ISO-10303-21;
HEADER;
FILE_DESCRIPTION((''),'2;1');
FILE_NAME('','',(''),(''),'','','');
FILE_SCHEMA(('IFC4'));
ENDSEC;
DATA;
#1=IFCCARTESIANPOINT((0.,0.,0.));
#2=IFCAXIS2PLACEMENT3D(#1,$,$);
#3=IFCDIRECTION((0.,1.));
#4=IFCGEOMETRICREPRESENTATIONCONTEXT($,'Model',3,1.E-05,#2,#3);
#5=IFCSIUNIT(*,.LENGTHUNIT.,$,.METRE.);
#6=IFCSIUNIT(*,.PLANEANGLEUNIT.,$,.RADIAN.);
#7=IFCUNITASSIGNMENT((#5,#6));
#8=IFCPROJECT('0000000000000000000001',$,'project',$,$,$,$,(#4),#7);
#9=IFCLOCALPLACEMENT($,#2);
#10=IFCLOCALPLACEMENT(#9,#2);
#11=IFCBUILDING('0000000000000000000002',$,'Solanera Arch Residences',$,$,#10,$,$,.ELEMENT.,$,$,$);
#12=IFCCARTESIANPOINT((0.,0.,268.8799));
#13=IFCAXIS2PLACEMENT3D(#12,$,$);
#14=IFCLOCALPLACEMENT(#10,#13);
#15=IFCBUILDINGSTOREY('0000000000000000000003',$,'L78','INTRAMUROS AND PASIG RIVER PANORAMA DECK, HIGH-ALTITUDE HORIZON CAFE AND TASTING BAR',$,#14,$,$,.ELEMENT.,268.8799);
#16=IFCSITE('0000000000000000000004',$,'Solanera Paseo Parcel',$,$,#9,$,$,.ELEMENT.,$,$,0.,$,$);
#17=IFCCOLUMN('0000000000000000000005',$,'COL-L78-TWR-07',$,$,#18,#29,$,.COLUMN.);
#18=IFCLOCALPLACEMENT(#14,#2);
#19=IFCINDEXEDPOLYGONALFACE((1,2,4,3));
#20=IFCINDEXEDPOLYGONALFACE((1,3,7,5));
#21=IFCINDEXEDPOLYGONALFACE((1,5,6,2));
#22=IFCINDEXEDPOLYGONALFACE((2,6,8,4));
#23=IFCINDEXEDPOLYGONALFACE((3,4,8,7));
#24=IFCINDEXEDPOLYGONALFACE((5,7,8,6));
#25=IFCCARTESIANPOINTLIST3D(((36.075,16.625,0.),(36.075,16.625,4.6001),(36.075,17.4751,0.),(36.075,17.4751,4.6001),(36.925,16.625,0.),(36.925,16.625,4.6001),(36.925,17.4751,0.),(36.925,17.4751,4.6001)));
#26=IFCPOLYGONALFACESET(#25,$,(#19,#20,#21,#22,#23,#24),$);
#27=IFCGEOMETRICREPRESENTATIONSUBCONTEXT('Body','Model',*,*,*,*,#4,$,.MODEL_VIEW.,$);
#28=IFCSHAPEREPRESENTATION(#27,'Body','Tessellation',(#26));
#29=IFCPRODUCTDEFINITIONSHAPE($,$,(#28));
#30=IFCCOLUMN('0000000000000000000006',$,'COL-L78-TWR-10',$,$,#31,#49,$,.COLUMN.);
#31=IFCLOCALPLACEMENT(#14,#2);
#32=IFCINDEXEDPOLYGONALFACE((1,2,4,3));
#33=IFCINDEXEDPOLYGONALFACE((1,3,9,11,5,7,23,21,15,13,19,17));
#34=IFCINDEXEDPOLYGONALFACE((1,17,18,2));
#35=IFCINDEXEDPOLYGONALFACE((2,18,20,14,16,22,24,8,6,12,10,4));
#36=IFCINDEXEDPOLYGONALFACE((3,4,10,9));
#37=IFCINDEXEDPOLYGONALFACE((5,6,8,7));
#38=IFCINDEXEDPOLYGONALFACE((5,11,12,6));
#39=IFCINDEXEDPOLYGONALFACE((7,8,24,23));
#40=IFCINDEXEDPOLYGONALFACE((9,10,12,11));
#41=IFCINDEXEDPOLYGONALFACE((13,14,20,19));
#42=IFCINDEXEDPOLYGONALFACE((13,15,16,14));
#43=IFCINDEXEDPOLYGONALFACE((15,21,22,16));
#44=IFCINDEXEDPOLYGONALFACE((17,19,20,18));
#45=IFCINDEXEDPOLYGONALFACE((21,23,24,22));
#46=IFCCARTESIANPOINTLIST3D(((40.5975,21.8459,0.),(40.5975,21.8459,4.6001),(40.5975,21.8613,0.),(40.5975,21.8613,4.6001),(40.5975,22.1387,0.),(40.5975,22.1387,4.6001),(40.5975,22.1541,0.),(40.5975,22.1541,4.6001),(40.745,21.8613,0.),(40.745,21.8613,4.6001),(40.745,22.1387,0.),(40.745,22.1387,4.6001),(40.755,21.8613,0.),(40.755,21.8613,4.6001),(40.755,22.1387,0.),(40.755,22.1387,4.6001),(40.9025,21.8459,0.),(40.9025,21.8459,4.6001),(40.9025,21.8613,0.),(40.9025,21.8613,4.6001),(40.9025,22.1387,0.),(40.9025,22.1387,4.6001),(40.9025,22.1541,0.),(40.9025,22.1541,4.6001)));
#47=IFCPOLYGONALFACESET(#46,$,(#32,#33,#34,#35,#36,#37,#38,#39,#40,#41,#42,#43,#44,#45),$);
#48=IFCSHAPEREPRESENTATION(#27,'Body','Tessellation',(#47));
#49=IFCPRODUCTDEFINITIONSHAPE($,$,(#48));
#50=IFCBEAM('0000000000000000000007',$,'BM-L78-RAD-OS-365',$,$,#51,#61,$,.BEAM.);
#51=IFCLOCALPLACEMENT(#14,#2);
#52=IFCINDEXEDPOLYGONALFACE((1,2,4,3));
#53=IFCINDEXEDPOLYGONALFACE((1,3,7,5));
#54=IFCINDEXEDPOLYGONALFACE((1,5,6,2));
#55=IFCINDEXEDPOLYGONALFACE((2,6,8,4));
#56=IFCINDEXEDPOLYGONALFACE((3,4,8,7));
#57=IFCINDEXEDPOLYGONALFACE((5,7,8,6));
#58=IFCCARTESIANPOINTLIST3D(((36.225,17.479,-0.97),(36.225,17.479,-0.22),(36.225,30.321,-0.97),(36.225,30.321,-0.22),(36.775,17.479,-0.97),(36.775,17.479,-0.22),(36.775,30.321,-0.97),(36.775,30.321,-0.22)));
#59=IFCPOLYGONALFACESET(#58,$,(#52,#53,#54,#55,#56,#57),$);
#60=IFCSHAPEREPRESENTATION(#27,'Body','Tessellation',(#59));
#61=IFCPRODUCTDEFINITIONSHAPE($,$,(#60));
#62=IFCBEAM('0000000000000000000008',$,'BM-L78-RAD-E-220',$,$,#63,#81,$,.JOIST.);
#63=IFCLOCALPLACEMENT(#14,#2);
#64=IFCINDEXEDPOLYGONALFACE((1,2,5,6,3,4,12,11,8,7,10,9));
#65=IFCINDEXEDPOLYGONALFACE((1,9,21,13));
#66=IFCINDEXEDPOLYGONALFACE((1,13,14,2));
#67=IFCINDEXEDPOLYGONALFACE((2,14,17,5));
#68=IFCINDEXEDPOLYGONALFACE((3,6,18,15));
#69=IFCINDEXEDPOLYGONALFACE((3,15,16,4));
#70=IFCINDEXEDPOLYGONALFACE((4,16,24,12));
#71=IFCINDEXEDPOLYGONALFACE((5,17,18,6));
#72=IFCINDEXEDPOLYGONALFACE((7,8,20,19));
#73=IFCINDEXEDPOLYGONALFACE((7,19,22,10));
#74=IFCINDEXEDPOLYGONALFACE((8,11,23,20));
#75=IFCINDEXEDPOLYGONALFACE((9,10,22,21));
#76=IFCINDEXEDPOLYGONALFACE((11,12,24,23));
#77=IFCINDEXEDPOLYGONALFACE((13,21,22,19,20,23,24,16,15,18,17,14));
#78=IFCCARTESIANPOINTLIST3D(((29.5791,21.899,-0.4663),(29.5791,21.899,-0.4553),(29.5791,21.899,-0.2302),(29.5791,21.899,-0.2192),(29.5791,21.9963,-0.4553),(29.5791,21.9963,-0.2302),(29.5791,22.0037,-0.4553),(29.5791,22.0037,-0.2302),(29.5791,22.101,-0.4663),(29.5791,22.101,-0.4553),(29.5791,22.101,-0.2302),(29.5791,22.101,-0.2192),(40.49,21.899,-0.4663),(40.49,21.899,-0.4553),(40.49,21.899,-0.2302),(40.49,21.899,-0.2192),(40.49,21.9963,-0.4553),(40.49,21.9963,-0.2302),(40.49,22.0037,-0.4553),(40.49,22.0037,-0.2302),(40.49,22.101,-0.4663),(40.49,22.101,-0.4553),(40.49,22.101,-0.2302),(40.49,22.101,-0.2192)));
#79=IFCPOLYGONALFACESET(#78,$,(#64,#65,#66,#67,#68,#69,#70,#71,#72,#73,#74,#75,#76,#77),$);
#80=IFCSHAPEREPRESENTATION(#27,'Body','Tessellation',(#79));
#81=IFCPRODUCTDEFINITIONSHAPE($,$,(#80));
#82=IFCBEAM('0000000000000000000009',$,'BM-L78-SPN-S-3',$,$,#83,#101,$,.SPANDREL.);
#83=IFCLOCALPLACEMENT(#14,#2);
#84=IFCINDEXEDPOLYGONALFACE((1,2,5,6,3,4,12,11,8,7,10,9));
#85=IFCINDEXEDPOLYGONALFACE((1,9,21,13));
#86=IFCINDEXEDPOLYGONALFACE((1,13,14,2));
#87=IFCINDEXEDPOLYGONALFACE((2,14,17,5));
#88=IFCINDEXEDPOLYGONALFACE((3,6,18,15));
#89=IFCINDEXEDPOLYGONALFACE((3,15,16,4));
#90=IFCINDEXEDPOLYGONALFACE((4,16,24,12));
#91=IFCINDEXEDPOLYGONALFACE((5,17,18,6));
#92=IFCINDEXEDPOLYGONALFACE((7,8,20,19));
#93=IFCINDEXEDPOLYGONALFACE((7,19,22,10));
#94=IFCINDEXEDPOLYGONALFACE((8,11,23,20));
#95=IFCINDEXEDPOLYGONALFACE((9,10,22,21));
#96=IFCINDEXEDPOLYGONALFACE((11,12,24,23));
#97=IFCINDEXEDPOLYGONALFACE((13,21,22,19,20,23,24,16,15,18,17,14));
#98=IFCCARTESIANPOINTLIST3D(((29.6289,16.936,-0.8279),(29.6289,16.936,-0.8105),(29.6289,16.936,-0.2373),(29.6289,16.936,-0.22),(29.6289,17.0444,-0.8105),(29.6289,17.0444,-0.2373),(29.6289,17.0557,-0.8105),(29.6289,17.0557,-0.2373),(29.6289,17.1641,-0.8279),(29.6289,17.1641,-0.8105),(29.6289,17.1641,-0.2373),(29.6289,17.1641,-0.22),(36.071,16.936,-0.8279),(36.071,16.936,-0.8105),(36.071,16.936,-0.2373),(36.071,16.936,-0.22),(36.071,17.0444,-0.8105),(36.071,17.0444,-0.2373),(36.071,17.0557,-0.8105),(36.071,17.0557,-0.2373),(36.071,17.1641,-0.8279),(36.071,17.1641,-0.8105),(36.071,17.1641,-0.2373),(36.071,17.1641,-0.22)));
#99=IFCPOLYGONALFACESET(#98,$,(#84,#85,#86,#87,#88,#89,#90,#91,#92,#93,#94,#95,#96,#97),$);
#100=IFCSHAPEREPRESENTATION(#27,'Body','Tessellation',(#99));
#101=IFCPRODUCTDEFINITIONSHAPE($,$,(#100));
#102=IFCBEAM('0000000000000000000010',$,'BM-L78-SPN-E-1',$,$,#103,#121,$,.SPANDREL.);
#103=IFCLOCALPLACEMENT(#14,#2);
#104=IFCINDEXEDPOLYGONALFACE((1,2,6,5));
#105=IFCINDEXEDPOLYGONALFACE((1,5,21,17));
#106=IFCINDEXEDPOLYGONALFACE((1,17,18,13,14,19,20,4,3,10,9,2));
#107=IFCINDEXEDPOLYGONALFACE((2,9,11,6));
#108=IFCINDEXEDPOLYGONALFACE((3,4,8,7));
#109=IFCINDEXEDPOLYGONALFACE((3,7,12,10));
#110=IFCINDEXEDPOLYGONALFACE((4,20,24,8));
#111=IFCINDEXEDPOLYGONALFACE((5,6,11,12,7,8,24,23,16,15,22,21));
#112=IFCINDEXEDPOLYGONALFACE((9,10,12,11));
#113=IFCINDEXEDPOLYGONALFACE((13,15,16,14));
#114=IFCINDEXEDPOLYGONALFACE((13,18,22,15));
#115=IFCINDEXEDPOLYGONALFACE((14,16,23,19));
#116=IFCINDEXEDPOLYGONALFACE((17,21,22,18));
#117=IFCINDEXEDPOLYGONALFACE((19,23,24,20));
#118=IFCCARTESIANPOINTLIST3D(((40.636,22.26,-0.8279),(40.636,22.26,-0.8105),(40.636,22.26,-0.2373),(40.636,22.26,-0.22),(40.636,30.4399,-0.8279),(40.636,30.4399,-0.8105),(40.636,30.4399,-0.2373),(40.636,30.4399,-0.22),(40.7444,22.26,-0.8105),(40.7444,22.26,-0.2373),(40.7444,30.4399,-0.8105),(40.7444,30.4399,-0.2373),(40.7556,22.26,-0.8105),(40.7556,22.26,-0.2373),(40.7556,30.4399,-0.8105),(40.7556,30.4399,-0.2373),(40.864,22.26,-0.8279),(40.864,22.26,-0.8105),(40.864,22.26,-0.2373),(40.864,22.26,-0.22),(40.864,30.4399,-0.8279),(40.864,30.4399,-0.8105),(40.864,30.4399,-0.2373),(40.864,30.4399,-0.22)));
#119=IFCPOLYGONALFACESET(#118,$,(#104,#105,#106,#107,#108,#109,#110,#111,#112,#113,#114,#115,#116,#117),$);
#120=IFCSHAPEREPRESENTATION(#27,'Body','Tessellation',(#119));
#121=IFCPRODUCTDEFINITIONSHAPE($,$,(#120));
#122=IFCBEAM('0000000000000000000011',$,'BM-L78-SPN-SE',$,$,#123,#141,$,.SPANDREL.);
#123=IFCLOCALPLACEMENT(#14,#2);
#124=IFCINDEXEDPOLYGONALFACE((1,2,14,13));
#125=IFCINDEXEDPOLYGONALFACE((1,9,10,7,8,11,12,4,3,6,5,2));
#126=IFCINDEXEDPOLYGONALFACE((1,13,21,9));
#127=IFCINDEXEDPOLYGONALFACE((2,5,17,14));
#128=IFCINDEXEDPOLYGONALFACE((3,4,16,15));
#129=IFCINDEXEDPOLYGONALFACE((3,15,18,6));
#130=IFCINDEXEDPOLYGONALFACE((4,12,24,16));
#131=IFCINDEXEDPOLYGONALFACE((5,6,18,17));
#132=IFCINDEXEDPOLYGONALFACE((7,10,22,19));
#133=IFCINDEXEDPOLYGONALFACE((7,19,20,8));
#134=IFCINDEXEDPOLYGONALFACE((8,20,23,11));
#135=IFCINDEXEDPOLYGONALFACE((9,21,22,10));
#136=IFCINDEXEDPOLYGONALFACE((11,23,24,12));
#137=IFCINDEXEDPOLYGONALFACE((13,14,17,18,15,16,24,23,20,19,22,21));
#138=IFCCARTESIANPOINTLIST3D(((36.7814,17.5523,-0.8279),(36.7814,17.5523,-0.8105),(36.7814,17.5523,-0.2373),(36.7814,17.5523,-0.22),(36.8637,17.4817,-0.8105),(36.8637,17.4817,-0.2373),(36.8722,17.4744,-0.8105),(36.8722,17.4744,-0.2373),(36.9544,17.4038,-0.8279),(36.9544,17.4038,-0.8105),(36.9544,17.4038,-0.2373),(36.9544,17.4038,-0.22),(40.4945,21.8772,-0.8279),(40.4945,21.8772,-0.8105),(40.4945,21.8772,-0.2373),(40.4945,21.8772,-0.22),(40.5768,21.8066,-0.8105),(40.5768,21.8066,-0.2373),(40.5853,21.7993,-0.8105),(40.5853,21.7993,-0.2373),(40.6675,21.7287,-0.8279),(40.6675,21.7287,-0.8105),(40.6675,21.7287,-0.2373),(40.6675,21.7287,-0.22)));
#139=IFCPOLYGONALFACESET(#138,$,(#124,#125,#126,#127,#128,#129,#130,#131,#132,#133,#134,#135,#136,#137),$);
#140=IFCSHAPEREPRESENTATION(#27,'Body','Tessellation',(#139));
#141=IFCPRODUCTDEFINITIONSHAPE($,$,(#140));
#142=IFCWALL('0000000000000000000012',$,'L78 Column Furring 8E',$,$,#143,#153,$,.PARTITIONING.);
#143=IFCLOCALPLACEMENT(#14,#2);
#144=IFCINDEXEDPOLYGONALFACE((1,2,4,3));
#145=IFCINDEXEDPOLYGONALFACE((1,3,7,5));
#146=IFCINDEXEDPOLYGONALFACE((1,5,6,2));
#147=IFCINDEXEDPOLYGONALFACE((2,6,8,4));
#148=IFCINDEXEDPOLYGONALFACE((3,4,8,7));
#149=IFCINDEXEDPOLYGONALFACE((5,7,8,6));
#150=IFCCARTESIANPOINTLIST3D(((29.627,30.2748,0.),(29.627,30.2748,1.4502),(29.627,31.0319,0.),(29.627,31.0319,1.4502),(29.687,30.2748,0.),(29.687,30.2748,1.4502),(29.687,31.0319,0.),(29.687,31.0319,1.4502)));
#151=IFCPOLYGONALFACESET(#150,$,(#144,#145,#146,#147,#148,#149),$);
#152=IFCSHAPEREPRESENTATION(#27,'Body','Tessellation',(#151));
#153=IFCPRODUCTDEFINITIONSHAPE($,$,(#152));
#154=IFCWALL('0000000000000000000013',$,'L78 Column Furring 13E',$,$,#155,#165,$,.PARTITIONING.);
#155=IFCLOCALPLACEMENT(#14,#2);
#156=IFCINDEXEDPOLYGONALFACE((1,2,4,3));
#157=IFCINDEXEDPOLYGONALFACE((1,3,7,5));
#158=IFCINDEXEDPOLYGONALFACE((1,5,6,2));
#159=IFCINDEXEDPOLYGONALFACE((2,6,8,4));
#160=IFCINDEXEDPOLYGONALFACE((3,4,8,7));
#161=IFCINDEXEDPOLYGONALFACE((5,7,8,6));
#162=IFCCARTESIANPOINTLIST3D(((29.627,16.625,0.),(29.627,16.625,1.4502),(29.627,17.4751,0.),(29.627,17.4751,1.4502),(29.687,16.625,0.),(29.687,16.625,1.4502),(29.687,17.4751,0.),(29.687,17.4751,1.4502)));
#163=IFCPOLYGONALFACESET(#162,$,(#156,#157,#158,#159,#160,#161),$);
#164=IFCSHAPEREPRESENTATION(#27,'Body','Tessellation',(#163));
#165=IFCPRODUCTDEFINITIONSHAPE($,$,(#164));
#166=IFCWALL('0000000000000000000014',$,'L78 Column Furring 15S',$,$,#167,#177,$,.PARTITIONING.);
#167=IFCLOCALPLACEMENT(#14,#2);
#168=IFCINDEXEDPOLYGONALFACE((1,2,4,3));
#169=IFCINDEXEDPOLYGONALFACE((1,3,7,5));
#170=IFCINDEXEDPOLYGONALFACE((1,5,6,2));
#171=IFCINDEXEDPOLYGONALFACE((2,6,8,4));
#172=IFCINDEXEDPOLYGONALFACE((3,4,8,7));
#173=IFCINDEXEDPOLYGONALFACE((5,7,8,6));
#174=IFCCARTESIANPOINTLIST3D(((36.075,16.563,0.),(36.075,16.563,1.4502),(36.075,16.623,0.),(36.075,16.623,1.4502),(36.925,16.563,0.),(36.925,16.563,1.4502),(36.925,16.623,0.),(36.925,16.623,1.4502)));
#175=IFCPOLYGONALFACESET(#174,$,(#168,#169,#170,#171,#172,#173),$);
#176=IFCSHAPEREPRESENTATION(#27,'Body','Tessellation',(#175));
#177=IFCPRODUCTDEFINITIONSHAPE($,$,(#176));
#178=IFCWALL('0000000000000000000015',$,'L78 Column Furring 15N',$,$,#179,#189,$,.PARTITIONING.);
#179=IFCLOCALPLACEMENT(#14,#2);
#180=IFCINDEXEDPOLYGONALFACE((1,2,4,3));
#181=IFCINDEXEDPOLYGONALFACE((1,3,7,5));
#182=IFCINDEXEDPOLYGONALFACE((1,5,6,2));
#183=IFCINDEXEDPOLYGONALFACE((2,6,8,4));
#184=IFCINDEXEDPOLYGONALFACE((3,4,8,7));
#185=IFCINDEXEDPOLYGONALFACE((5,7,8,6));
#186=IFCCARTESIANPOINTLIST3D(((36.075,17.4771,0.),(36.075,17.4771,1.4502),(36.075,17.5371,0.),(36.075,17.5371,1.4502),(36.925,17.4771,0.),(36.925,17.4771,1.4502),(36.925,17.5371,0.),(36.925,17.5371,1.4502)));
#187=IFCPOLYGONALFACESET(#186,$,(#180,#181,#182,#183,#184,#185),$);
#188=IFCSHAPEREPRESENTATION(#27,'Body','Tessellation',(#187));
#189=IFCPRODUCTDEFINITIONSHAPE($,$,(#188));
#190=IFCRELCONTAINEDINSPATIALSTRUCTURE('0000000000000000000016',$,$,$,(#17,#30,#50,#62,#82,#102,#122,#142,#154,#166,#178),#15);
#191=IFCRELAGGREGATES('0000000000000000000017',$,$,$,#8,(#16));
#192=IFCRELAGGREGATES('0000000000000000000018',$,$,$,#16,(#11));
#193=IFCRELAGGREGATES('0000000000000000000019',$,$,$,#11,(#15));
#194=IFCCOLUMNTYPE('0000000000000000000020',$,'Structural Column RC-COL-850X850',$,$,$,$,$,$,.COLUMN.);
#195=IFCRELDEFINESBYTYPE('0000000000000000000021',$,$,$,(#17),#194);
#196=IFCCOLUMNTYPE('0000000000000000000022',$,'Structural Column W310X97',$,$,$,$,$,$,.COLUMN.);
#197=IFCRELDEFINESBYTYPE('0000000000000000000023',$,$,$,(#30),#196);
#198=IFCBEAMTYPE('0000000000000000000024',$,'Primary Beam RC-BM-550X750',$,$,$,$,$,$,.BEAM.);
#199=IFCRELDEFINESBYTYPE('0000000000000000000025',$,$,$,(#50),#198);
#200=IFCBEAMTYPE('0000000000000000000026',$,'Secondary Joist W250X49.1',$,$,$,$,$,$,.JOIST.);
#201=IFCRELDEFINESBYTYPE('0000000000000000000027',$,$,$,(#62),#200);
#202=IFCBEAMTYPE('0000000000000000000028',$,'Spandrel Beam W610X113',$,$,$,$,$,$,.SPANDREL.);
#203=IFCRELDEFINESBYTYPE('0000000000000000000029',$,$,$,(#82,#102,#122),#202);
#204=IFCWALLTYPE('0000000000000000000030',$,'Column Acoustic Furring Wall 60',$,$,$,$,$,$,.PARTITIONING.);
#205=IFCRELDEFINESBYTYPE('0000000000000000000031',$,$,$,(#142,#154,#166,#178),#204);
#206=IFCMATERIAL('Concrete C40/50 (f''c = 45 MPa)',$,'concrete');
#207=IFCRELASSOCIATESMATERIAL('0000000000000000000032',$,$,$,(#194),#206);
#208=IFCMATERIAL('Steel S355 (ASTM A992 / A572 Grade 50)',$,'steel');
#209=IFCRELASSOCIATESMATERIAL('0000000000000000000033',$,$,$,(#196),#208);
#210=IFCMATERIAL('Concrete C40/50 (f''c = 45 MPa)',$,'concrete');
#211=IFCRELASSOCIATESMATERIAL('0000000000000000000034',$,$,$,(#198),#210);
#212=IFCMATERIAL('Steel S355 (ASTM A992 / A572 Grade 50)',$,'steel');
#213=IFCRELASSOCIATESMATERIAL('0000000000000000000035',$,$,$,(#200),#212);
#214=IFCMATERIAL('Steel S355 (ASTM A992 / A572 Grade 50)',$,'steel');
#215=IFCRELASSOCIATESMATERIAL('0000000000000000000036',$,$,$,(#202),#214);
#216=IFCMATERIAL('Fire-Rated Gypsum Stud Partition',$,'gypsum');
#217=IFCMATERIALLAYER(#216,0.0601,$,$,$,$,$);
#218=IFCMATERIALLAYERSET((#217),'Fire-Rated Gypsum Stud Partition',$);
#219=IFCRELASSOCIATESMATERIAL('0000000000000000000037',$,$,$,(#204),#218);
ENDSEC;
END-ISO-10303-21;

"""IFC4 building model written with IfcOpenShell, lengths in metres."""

from ifc_helpers import new_model, si_unit, direction, frame, frame_2d, origin, origin_2d, place, context, subcontext, project, spatial, rectangle, i_section, extrude, material, layer, layer_set, material_profile, profile_set, type_object, element, save


model = new_model("IFC4")

# Units and contexts
model_context = context("Model", 3, precision=1e-05, world=origin(), true_north=direction((0.0, 1.0)))
body_context = subcontext(model_context, "Body", "Model", "MODEL_VIEW")
ifc_project = project(units=[si_unit("LENGTHUNIT", "METRE"), si_unit("PLANEANGLEUNIT", "RADIAN")], contexts=[model_context])

# Site, building, storey
site_placement = place(None, origin())
site = spatial("IfcSite", under=ifc_project, at=site_placement, Name="Solanera Paseo Parcel", CompositionType="ELEMENT", RefElevation=0.0)
building_placement = place(site_placement, origin())
building = spatial("IfcBuilding", under=site, at=building_placement, Name="Solanera Arch Residences", CompositionType="ELEMENT")
storey_placement = place(building_placement, frame((0.0, 0.0, 268.8799)))
storey = spatial("IfcBuildingStorey", under=building, at=storey_placement, Name="L78", Description="INTRAMUROS AND PASIG RIVER PANORAMA DECK, HIGH-ALTITUDE HORIZON CAFE AND TASTING BAR", CompositionType="ELEMENT", Elevation=268.8799)

# Columns
ifc_material_1 = material(Name="Concrete C40/50 (f'c = 45 MPa)", Category="concrete")
ifc_material_profile_1 = material_profile(ifc_material_1, rectangle(XDim=0.8501, YDim=0.8501, at=origin_2d()))
ifc_profile_set_1 = profile_set([ifc_material_profile_1], Name="Concrete C40/50 (f'c = 45 MPa)")
column_type_1 = type_object("IfcColumnType", Name="Structural Column RC-COL-850X850", PredefinedType="COLUMN", material=ifc_profile_set_1)
column_1_placement = place(storey_placement, frame((36.5, 17.05, 0.0), z_axis=(0.0, 0.0, 1.0), x_axis=(1.0, 0.0, 0.0)))
element("IfcColumn", 1, at=column_1_placement, inside=storey, type_object=column_type_1, Name="COL-L78-TWR-07", PredefinedType="COLUMN", context=body_context, shape_type="SweptSolid", body=[
    extrude(rectangle(XDim=0.8501, YDim=0.8501, at=origin_2d()), origin(), (0.0, 0.0, 1.0), 4.6001),
])
ifc_material_2 = material(Name="Steel S355 (ASTM A992 / A572 Grade 50)", Category="steel")
ifc_material_profile_2 = material_profile(ifc_material_2, i_section(OverallWidth=0.3049, OverallDepth=0.3081, WebThickness=0.01, FlangeThickness=0.0154, at=origin_2d()))
ifc_profile_set_2 = profile_set([ifc_material_profile_2], Name="Steel S355 (ASTM A992 / A572 Grade 50)")
column_type_2 = type_object("IfcColumnType", Name="Structural Column W310X97", PredefinedType="COLUMN", material=ifc_profile_set_2)
column_2_placement = place(storey_placement, frame((40.75, 22.0, 0.0), z_axis=(0.0, 0.0, 1.0), x_axis=(1.0, 0.0, 0.0)))
element("IfcColumn", 2, at=column_2_placement, inside=storey, type_object=column_type_2, Name="COL-L78-TWR-10", PredefinedType="COLUMN", context=body_context, shape_type="SweptSolid", body=[
    extrude(i_section(OverallWidth=0.3049, OverallDepth=0.3081, WebThickness=0.01, FlangeThickness=0.0154, at=origin_2d()), origin(), (0.0, 0.0, 1.0), 4.6001),
])

# Beams
ifc_material_3 = material(Name="Concrete C40/50 (f'c = 45 MPa)", Category="concrete")
ifc_material_profile_3 = material_profile(ifc_material_3, rectangle(XDim=0.55, YDim=0.75, at=origin_2d()))
ifc_profile_set_3 = profile_set([ifc_material_profile_3], Name="Concrete C40/50 (f'c = 45 MPa)")
beam_type_1 = type_object("IfcBeamType", Name="Primary Beam RC-BM-550X750", PredefinedType="BEAM", material=ifc_profile_set_3)
beam_1_placement = place(storey_placement, frame((36.5, 17.479, -0.595), z_axis=(0.0, 1.0, 0.0), x_axis=(-1.0, 0.0, 0.0)))
element("IfcBeam", 3, at=beam_1_placement, inside=storey, type_object=beam_type_1, Name="BM-L78-RAD-OS-365", PredefinedType="BEAM", context=body_context, shape_type="SweptSolid", body=[
    extrude(rectangle(XDim=0.55, YDim=0.75, at=origin_2d()), origin(), (0.0, 0.0, 1.0), 12.842),
])
ifc_material_4 = material(Name="Steel S355 (ASTM A992 / A572 Grade 50)", Category="steel")
ifc_material_profile_4 = material_profile(ifc_material_4, i_section(OverallWidth=0.2019, OverallDepth=0.2471, WebThickness=0.0073, FlangeThickness=0.011, at=origin_2d()))
ifc_profile_set_4 = profile_set([ifc_material_profile_4], Name="Steel S355 (ASTM A992 / A572 Grade 50)")
beam_type_2 = type_object("IfcBeamType", Name="Secondary Joist W250X49.1", PredefinedType="JOIST", material=ifc_profile_set_4)
beam_2_placement = place(storey_placement, frame((29.5791, 22.0, -0.3428), z_axis=(1.0, 0.0, 0.0), x_axis=(0.0, 1.0, 0.0)))
element("IfcBeam", 4, at=beam_2_placement, inside=storey, type_object=beam_type_2, Name="BM-L78-RAD-E-220", PredefinedType="JOIST", context=body_context, shape_type="SweptSolid", body=[
    extrude(i_section(OverallWidth=0.2019, OverallDepth=0.2471, WebThickness=0.0073, FlangeThickness=0.011, at=origin_2d()), origin(), (0.0, 0.0, 1.0), 10.9109),
])
ifc_material_5 = material(Name="Steel S355 (ASTM A992 / A572 Grade 50)", Category="steel")
ifc_material_profile_5 = material_profile(ifc_material_5, i_section(OverallWidth=0.228, OverallDepth=0.6079, WebThickness=0.0112, FlangeThickness=0.0173, at=origin_2d()))
ifc_profile_set_5 = profile_set([ifc_material_profile_5], Name="Steel S355 (ASTM A992 / A572 Grade 50)")
beam_type_3 = type_object("IfcBeamType", Name="Spandrel Beam W610X113", PredefinedType="SPANDREL", material=ifc_profile_set_5)
beam_3_placement = place(storey_placement, frame((29.6289, 17.05, -0.5239), z_axis=(1.0, 0.0, 0.0), x_axis=(0.0, 1.0, 0.0)))
element("IfcBeam", 5, at=beam_3_placement, inside=storey, type_object=beam_type_3, Name="BM-L78-SPN-S-3", PredefinedType="SPANDREL", context=body_context, shape_type="SweptSolid", body=[
    extrude(i_section(OverallWidth=0.228, OverallDepth=0.6079, WebThickness=0.0112, FlangeThickness=0.0173, at=origin_2d()), origin(), (0.0, 0.0, 1.0), 6.4421),
])
beam_4_placement = place(storey_placement, frame((40.75, 22.26, -0.5239), z_axis=(0.0, 1.0, 0.0), x_axis=(-1.0, 0.0, 0.0)))
element("IfcBeam", 6, at=beam_4_placement, inside=storey, type_object=beam_type_3, Name="BM-L78-SPN-E-1", PredefinedType="SPANDREL", context=body_context, shape_type="SweptSolid", body=[
    extrude(i_section(OverallWidth=0.228, OverallDepth=0.6079, WebThickness=0.0112, FlangeThickness=0.0173, at=origin_2d()), origin(), (0.0, 0.0, 1.0), 8.1799),
])
beam_5_placement = place(storey_placement, frame((36.8679, 17.478, -0.5239), z_axis=(0.651401, 0.758733, 0.0), x_axis=(-0.758733, 0.651401, 0.0)))
element("IfcBeam", 7, at=beam_5_placement, inside=storey, type_object=beam_type_3, Name="BM-L78-SPN-SE", PredefinedType="SPANDREL", context=body_context, shape_type="SweptSolid", body=[
    extrude(i_section(OverallWidth=0.228, OverallDepth=0.6079, WebThickness=0.0112, FlangeThickness=0.0173, at=origin_2d()), origin(), (0.0, 0.0, 1.0), 5.7002),
])

# Walls
ifc_material_6 = material(Name="Fire-Rated Gypsum Stud Partition", Category="gypsum")
ifc_layer_1 = layer(ifc_material_6, 0.0601)
ifc_layer_set_1 = layer_set([ifc_layer_1], Name="Fire-Rated Gypsum Stud Partition")
wall_type_1 = type_object("IfcWallType", Name="Column Acoustic Furring Wall 60", PredefinedType="PARTITIONING", material=ifc_layer_set_1)
wall_1_placement = place(storey_placement, frame((29.657, 30.2749, 0.0), z_axis=(0.0, 0.0, 1.0), x_axis=(0.0, 1.0, 0.0)))
element("IfcWall", 8, at=wall_1_placement, inside=storey, type_object=wall_type_1, Name="L78 Column Furring 8E", PredefinedType="PARTITIONING", context=body_context, shape_type="SweptSolid", body=[
    extrude(rectangle(XDim=0.7571, YDim=0.0601, at=frame_2d((0.3784, 0.0))), origin(), (0.0, 0.0, 1.0), 1.4502),
])
for number, where, z_axis, x_axis, name in (
    (9, (29.657, 16.625, 0.0), (0.0, 0.0, 1.0), (0.0, 1.0, 0.0), "L78 Column Furring 13E"),
    (10, (36.075, 16.593, 0.0), (0.0, 0.0, 1.0), (1.0, 0.0, 0.0), "L78 Column Furring 15S"),
    (11, (36.075, 17.5071, 0.0), (0.0, 0.0, 1.0), (1.0, 0.0, 0.0), "L78 Column Furring 15N"),
):
    element("IfcWall", number, at=place(storey_placement, frame(where, z_axis=z_axis, x_axis=x_axis)), inside=storey, type_object=wall_type_1, Name=name, PredefinedType="PARTITIONING", context=body_context, shape_type="SweptSolid", body=[
        extrude(rectangle(XDim=0.8501, YDim=0.0601, at=frame_2d((0.425, 0.0))), origin(), (0.0, 0.0, 1.0), 1.4502),
    ])

save(model, "model.ifc")
